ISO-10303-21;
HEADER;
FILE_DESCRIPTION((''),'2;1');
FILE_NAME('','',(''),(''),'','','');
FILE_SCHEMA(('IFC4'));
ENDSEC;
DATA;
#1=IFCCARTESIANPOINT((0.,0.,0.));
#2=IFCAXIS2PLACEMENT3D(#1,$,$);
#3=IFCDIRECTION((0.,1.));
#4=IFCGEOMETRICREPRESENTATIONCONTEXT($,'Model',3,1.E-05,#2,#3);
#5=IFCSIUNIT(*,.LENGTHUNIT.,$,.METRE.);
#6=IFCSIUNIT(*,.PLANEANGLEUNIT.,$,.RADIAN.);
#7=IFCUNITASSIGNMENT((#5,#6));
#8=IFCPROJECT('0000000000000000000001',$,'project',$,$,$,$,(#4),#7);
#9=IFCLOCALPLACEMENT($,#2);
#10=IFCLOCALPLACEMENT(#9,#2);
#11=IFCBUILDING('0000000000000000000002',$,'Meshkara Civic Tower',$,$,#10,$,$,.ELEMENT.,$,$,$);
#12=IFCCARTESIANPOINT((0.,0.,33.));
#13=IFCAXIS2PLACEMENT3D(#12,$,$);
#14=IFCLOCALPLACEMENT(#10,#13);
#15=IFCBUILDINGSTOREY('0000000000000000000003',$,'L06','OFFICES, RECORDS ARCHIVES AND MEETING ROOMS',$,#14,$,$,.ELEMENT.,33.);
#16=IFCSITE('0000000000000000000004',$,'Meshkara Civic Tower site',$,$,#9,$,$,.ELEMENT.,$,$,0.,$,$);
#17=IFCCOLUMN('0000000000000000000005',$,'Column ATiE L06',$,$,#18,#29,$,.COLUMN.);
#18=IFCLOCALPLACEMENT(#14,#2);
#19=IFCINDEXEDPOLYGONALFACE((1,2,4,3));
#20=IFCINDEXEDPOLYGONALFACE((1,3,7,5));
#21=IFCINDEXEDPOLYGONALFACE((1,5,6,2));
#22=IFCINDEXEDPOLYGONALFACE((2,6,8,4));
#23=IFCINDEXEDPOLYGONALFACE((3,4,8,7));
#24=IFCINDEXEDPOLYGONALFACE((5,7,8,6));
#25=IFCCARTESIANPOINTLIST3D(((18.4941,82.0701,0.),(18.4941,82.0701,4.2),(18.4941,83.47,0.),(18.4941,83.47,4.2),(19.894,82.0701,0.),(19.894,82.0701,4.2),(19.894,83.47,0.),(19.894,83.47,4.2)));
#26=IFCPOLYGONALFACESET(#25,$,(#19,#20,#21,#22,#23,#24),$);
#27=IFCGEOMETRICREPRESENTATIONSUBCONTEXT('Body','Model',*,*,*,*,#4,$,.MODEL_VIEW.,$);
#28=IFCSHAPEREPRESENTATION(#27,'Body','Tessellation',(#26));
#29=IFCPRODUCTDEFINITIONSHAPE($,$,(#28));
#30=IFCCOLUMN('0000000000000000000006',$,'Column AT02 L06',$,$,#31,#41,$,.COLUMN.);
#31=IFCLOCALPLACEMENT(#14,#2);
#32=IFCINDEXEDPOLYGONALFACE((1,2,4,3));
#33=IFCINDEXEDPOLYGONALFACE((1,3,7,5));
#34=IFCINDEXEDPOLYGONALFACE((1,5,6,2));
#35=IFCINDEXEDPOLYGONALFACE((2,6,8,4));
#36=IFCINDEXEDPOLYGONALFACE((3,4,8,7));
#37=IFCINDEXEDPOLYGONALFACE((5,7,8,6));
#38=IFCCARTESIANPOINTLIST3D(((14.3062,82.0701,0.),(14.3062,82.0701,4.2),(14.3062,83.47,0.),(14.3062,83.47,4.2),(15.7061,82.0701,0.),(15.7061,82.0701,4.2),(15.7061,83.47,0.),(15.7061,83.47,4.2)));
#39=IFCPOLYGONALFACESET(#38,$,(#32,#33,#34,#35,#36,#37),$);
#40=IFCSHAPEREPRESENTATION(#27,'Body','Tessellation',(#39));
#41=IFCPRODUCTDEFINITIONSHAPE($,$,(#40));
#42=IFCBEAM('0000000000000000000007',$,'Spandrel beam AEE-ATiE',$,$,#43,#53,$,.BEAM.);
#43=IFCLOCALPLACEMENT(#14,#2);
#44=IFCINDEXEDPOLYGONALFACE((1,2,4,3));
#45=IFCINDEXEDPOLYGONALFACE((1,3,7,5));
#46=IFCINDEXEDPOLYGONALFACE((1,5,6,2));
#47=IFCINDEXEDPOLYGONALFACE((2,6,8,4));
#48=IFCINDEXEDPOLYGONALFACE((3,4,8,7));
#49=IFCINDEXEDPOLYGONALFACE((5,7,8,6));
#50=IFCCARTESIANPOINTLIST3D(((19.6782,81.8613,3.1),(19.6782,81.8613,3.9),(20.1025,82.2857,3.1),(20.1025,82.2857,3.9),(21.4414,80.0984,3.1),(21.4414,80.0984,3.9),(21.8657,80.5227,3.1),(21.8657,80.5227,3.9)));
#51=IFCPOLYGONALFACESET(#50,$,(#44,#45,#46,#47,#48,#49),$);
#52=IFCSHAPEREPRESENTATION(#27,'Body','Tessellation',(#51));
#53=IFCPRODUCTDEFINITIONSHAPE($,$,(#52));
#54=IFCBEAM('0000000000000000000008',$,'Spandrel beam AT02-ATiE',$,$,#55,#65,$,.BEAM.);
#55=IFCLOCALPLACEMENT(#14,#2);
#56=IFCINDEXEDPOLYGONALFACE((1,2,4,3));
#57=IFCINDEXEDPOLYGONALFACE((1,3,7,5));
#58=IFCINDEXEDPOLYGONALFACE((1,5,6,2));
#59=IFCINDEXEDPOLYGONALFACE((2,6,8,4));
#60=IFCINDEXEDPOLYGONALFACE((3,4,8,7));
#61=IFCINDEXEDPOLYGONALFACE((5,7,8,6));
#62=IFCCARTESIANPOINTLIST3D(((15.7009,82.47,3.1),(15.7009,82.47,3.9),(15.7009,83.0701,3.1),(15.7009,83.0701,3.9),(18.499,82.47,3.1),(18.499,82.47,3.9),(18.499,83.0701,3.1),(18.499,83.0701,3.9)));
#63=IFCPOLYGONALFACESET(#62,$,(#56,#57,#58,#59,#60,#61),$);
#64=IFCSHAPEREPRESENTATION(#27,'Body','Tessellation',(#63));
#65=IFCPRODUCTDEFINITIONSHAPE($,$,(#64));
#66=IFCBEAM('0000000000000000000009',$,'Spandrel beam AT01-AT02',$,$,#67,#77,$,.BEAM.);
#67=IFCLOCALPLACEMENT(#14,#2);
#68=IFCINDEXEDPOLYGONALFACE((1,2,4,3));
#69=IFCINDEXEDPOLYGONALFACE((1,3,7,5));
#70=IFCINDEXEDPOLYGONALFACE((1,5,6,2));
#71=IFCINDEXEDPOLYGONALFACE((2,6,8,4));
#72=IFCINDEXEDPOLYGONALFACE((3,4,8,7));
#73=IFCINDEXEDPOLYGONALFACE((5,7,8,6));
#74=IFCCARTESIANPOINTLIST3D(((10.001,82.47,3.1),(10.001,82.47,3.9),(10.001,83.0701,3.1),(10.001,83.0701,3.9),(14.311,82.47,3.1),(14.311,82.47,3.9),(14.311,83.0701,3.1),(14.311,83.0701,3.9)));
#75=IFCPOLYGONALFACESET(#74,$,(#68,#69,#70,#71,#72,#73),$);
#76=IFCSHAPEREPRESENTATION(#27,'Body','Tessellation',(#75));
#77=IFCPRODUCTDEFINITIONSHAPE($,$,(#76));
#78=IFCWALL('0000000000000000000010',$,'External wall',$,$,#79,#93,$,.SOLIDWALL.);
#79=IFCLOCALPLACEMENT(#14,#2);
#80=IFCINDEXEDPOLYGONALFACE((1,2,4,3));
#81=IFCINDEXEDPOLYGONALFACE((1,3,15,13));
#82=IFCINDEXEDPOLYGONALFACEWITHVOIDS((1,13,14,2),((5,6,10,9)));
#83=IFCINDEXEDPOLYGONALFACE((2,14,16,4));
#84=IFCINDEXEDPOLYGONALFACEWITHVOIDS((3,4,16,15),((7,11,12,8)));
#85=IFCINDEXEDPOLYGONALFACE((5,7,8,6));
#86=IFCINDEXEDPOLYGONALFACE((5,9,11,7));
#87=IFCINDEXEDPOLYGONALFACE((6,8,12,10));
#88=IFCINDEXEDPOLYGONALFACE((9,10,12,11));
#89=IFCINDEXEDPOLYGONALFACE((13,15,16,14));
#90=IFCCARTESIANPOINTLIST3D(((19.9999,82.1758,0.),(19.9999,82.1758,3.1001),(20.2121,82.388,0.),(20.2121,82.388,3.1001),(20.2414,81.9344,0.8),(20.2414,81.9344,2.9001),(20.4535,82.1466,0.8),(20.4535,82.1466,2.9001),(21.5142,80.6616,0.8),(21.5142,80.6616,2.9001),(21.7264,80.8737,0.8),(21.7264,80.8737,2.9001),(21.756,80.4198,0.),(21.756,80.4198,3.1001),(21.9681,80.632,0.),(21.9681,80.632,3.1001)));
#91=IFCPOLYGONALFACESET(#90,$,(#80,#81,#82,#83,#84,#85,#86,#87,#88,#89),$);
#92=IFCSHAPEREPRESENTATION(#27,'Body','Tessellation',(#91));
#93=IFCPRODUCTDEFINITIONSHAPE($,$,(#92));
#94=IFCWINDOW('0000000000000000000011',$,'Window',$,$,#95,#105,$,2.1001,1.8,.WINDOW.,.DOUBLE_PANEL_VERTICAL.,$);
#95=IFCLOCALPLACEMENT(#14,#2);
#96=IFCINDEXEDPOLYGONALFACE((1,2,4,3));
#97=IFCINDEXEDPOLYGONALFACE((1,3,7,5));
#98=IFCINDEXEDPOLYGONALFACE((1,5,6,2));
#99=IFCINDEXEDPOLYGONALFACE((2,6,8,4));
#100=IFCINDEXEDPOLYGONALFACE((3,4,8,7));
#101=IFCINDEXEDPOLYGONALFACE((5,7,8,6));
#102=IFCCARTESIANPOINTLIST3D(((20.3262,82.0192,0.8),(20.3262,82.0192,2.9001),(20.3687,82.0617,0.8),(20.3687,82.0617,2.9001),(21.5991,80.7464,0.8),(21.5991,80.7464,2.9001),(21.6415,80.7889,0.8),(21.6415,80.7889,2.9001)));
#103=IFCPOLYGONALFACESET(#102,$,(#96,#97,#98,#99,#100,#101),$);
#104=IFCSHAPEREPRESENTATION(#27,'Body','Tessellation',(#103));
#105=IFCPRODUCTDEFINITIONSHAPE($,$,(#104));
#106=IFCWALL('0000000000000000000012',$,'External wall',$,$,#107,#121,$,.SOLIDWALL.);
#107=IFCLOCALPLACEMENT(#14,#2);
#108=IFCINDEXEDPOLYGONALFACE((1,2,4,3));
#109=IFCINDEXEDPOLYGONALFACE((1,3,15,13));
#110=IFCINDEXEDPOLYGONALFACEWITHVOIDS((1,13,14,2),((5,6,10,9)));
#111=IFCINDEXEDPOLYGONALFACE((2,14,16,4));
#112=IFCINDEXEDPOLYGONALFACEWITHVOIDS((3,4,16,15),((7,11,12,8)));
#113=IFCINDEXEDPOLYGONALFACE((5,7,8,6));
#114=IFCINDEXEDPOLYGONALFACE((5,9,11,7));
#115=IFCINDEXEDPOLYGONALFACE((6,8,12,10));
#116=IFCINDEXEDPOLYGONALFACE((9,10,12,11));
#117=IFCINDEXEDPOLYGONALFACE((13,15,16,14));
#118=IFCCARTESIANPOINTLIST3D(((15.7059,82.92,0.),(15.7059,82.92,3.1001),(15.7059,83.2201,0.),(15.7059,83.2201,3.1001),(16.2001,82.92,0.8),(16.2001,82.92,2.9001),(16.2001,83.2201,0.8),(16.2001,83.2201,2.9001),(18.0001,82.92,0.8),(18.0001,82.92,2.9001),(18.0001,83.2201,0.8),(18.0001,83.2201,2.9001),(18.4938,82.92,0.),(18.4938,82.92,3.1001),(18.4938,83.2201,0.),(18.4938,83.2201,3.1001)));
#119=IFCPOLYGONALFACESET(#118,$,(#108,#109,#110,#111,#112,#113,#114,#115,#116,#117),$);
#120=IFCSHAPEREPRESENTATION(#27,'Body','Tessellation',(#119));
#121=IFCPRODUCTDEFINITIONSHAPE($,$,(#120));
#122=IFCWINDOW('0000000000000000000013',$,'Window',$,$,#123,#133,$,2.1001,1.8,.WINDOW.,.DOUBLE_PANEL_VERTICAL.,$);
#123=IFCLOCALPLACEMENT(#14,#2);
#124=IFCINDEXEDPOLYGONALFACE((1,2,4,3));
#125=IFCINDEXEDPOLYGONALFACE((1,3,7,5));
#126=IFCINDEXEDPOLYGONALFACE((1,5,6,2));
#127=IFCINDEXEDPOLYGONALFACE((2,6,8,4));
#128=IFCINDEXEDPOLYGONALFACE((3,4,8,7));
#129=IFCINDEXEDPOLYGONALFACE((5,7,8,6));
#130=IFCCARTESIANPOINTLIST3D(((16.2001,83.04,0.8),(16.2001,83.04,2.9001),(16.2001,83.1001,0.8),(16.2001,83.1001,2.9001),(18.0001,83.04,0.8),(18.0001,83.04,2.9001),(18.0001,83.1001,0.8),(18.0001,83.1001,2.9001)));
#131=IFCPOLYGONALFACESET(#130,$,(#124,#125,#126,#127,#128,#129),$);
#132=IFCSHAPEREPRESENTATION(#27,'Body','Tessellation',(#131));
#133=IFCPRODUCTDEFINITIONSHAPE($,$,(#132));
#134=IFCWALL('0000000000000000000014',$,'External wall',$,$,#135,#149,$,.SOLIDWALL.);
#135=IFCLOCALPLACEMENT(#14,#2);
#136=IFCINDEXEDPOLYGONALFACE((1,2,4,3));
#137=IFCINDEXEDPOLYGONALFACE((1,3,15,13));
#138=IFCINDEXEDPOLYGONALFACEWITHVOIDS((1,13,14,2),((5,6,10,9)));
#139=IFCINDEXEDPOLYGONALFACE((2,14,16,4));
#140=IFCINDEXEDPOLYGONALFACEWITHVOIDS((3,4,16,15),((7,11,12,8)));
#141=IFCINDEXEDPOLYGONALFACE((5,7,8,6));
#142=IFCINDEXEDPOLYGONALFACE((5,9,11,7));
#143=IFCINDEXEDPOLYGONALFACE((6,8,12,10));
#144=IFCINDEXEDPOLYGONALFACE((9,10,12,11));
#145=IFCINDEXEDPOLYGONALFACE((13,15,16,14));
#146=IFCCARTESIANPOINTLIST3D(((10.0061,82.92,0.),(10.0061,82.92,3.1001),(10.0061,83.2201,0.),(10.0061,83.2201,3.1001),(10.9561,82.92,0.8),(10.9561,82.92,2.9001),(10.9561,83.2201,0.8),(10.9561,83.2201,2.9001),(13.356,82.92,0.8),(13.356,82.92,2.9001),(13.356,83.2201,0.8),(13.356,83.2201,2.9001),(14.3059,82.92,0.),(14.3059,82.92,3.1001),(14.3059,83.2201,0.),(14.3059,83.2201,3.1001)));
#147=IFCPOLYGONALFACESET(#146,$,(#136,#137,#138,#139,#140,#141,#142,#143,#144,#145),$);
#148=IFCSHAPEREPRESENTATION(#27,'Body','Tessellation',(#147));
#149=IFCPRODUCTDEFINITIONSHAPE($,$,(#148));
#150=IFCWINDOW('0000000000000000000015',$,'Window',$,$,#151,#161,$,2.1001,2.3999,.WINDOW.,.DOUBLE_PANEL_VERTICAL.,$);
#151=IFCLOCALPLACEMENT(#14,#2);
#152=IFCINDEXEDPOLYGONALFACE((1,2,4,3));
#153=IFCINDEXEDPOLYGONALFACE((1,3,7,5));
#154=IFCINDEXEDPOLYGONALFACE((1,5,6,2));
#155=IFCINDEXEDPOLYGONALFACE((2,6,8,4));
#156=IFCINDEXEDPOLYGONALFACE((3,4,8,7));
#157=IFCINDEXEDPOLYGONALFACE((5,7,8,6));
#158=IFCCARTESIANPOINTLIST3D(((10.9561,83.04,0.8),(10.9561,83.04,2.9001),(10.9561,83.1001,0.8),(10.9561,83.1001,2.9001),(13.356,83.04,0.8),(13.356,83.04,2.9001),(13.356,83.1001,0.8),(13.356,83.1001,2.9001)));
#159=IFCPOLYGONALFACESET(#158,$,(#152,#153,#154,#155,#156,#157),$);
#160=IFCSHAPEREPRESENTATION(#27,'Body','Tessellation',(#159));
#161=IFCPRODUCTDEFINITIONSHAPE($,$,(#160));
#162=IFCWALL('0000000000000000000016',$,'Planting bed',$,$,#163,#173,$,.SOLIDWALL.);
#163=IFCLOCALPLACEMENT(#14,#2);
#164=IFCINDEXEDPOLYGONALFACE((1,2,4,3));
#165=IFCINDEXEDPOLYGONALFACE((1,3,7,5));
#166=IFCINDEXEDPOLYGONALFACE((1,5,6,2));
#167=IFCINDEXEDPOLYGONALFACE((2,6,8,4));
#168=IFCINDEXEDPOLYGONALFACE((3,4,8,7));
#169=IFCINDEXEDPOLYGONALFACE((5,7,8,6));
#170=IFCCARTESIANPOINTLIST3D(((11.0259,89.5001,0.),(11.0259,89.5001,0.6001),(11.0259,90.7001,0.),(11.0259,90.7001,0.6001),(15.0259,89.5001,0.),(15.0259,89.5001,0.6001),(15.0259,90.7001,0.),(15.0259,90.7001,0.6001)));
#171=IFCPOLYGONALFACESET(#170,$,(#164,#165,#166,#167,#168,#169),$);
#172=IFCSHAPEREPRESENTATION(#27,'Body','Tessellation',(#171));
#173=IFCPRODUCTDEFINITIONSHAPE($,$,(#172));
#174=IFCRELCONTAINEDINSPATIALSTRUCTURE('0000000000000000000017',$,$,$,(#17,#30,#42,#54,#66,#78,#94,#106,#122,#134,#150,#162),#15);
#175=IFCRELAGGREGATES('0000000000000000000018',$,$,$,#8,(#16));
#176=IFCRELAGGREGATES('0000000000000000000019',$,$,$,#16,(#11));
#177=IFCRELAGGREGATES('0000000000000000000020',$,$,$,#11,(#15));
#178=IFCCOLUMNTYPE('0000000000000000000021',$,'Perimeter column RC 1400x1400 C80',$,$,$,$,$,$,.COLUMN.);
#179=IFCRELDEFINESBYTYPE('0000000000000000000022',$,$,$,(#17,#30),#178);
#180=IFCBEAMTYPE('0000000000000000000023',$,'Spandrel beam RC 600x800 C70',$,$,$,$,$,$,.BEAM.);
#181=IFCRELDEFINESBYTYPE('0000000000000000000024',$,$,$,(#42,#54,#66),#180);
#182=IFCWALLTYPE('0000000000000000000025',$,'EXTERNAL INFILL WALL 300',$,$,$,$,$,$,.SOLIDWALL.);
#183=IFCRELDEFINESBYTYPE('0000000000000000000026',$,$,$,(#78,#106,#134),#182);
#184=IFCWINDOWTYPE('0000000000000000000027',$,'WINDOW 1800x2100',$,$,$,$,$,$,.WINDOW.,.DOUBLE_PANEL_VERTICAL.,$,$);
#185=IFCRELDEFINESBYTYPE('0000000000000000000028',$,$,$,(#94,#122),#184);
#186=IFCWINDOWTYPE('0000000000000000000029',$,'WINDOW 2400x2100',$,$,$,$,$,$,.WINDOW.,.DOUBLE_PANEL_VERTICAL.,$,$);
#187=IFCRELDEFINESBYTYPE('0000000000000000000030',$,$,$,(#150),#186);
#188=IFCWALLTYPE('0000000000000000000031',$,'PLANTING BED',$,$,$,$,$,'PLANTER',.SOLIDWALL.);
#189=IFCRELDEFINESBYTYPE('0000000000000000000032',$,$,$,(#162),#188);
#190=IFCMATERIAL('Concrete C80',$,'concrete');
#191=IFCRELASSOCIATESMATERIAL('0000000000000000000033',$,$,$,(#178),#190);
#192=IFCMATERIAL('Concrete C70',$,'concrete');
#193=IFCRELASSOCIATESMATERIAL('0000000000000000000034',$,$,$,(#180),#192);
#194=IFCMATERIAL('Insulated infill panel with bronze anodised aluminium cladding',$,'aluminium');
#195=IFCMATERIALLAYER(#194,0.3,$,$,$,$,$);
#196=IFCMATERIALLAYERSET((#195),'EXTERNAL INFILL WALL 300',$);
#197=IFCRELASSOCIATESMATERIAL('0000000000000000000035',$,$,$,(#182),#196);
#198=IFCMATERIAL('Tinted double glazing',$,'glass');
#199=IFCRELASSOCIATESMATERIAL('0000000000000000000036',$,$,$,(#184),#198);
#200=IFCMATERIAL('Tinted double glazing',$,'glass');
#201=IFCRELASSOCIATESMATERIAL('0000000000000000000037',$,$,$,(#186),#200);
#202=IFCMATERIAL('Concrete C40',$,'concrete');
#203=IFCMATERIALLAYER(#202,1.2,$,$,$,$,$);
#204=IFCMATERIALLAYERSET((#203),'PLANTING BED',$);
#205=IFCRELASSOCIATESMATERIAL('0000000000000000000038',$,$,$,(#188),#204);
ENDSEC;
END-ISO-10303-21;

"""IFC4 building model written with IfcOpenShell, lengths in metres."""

from ifc_helpers import new_model, si_unit, direction, frame, frame_2d, origin, origin_2d, place, context, subcontext, project, spatial, rectangle, extrude, material, layer, layer_set, material_profile, profile_set, type_object, element, fill, save


model = new_model("IFC4")

# Units and contexts
model_context = context("Model", 3, precision=1e-05, world=origin(), true_north=direction((0.0, 1.0)))
body_context = subcontext(model_context, "Body", "Model", "MODEL_VIEW")
ifc_project = project(units=[si_unit("LENGTHUNIT", "METRE"), si_unit("PLANEANGLEUNIT", "RADIAN")], contexts=[model_context])

# Site, building, storey
site_placement = place(None, origin())
site = spatial("IfcSite", under=ifc_project, at=site_placement, Name="Meshkara Civic Tower site", CompositionType="ELEMENT", RefElevation=0.0)
building_placement = place(site_placement, origin())
building = spatial("IfcBuilding", under=site, at=building_placement, Name="Meshkara Civic Tower", CompositionType="ELEMENT")
storey_placement = place(building_placement, frame((0.0, 0.0, 33.0)))
storey = spatial("IfcBuildingStorey", under=building, at=storey_placement, Name="L06", Description="OFFICES, RECORDS ARCHIVES AND MEETING ROOMS", CompositionType="ELEMENT", Elevation=33.0)

# Columns
ifc_material_1 = material(Name="Concrete C80", Category="concrete")
ifc_material_profile_1 = material_profile(ifc_material_1, rectangle(XDim=1.3999, YDim=1.3999, at=origin_2d()))
ifc_profile_set_1 = profile_set([ifc_material_profile_1], Name="Concrete C80")
column_type = type_object("IfcColumnType", Name="Perimeter column RC 1400x1400 C80", PredefinedType="COLUMN", material=ifc_profile_set_1)
for number, where, z_axis, x_axis, name in (
    (1, (19.1941, 82.77, 0.0), (0.0, 0.0, 1.0), (1.0, 0.0, 0.0), "Column ATiE L06"),
    (2, (15.0061, 82.77, 0.0), (0.0, 0.0, 1.0), (1.0, 0.0, 0.0), "Column AT02 L06"),
):
    element("IfcColumn", number, at=place(storey_placement, frame(where, z_axis=z_axis, x_axis=x_axis)), inside=storey, type_object=column_type, Name=name, PredefinedType="COLUMN", context=body_context, shape_type="SweptSolid", body=[
        extrude(rectangle(XDim=1.3999, YDim=1.3999, at=origin_2d()), origin(), (0.0, 0.0, 1.0), 4.2),
    ])

# Beams
ifc_material_2 = material(Name="Concrete C70", Category="concrete")
ifc_material_profile_2 = material_profile(ifc_material_2, rectangle(XDim=0.6001, YDim=0.8, at=origin_2d()))
ifc_profile_set_2 = profile_set([ifc_material_profile_2], Name="Concrete C70")
beam_type = type_object("IfcBeamType", Name="Spandrel beam RC 600x800 C70", PredefinedType="BEAM", material=ifc_profile_set_2)
beam_1_placement = place(storey_placement, frame((21.6536, 80.3105, 3.5), z_axis=(-0.707156, 0.707058, 0.0), x_axis=(-0.707058, -0.707156, 0.0)))
element("IfcBeam", 3, at=beam_1_placement, inside=storey, type_object=beam_type, Name="Spandrel beam AEE-ATiE", PredefinedType="BEAM", context=body_context, shape_type="SweptSolid", body=[
    extrude(rectangle(XDim=0.6001, YDim=0.8, at=origin_2d()), origin(), (0.0, 0.0, 1.0), 2.4934),
])
beam_2_placement = place(storey_placement, frame((18.499, 82.77, 3.5), z_axis=(-1.0, 0.0, 0.0), x_axis=(0.0, -1.0, 0.0)))
element("IfcBeam", 4, at=beam_2_placement, inside=storey, type_object=beam_type, Name="Spandrel beam AT02-ATiE", PredefinedType="BEAM", context=body_context, shape_type="SweptSolid", body=[
    extrude(rectangle(XDim=0.6001, YDim=0.8, at=origin_2d()), origin(), (0.0, 0.0, 1.0), 2.7981),
])
beam_3_placement = place(storey_placement, frame((14.311, 82.77, 3.5), z_axis=(-1.0, 0.0, 0.0), x_axis=(0.0, -1.0, 0.0)))
element("IfcBeam", 5, at=beam_3_placement, inside=storey, type_object=beam_type, Name="Spandrel beam AT01-AT02", PredefinedType="BEAM", context=body_context, shape_type="SweptSolid", body=[
    extrude(rectangle(XDim=0.6001, YDim=0.8, at=origin_2d()), origin(), (0.0, 0.0, 1.0), 4.3101),
])

# Walls, openings, windows
ifc_material_3 = material(Name="Insulated infill panel with bronze anodised aluminium cladding", Category="aluminium")
ifc_layer_1 = layer(ifc_material_3, 0.3)
ifc_layer_set_1 = layer_set([ifc_layer_1], Name="EXTERNAL INFILL WALL 300")
wall_type_1 = type_object("IfcWallType", Name="EXTERNAL INFILL WALL 300", PredefinedType="SOLIDWALL", material=ifc_layer_set_1)
wall_1_placement = place(storey_placement, frame((21.8621, 80.5259, 0.0), z_axis=(0.0, 0.0, 1.0), x_axis=(-0.707107, 0.707107, 0.0)))
wall_1 = element("IfcWall", 6, at=wall_1_placement, inside=storey, type_object=wall_type_1, Name="External wall", PredefinedType="SOLIDWALL", context=body_context, shape_type="SweptSolid", body=[
    extrude(rectangle(XDim=2.4834, YDim=0.3, at=frame_2d((1.2417, 0.0))), origin(), (0.0, 0.0, 1.0), 3.1001),
])
opening_1_placement = place(wall_1_placement, frame((0.342, 0.0, 0.8)))
opening_1 = element("IfcOpeningElement", 7, at=opening_1_placement, cuts=wall_1, PredefinedType="OPENING", context=body_context, shape_type="SweptSolid", body=[
    extrude(rectangle(XDim=1.8, YDim=2.1001, at=frame_2d((0.8999, 1.05))), frame((0.0, 0.1599, 0.0), z_axis=(0.0, -1.0, 0.0), x_axis=(1.0, 0.0, 0.0)), (0.0, 0.0, 1.0), 0.3201),
])
ifc_material_4 = material(Name="Tinted double glazing", Category="glass")
window_type_1 = type_object("IfcWindowType", Name="WINDOW 1800x2100", PartitioningType="DOUBLE_PANEL_VERTICAL", PredefinedType="WINDOW", material=ifc_material_4)
window_1_placement = place(opening_1_placement, origin())
window_1 = element("IfcWindow", 8, at=window_1_placement, inside=storey, type_object=window_type_1, Name="Window", OverallHeight=2.1001, OverallWidth=1.8, PartitioningType="DOUBLE_PANEL_VERTICAL", PredefinedType="WINDOW", context=body_context, shape_type="SweptSolid", body=[
    extrude(rectangle(XDim=1.8, YDim=2.1001, at=frame_2d((0.8999, 1.05))), frame((0.0, 0.03, 0.0), z_axis=(0.0, -1.0, 0.0), x_axis=(1.0, 0.0, 0.0)), (0.0, 0.0, 1.0), 0.0601),
])
fill(opening_1, window_1)
wall_2_placement = place(storey_placement, frame((18.4939, 83.0701, 0.0), z_axis=(0.0, 0.0, 1.0), x_axis=(-1.0, 0.0, 0.0)))
wall_2 = element("IfcWall", 9, at=wall_2_placement, inside=storey, type_object=wall_type_1, Name="External wall", PredefinedType="SOLIDWALL", context=body_context, shape_type="SweptSolid", body=[
    extrude(rectangle(XDim=2.7878, YDim=0.3, at=frame_2d((1.394, 0.0))), origin(), (0.0, 0.0, 1.0), 3.1001),
])
opening_2_placement = place(wall_2_placement, frame((0.4939, 0.0, 0.8)))
opening_2 = element("IfcOpeningElement", 10, at=opening_2_placement, cuts=wall_2, PredefinedType="OPENING", context=body_context, shape_type="SweptSolid", body=[
    extrude(rectangle(XDim=1.8, YDim=2.1001, at=frame_2d((0.8999, 1.05))), frame((0.0, 0.1599, 0.0), z_axis=(0.0, -1.0, 0.0), x_axis=(1.0, 0.0, 0.0)), (0.0, 0.0, 1.0), 0.3201),
])
window_2_placement = place(opening_2_placement, origin())
window_2 = element("IfcWindow", 11, at=window_2_placement, inside=storey, type_object=window_type_1, Name="Window", OverallHeight=2.1001, OverallWidth=1.8, PartitioningType="DOUBLE_PANEL_VERTICAL", PredefinedType="WINDOW", context=body_context, shape_type="SweptSolid", body=[
    extrude(rectangle(XDim=1.8, YDim=2.1001, at=frame_2d((0.8999, 1.05))), frame((0.0, 0.03, 0.0), z_axis=(0.0, -1.0, 0.0), x_axis=(1.0, 0.0, 0.0)), (0.0, 0.0, 1.0), 0.0601),
])
fill(opening_2, window_2)
wall_3_placement = place(storey_placement, frame((14.3059, 83.0701, 0.0), z_axis=(0.0, 0.0, 1.0), x_axis=(-1.0, 0.0, 0.0)))
wall_3 = element("IfcWall", 12, at=wall_3_placement, inside=storey, type_object=wall_type_1, Name="External wall", PredefinedType="SOLIDWALL", context=body_context, shape_type="SweptSolid", body=[
    extrude(rectangle(XDim=4.2998, YDim=0.3, at=frame_2d((2.1499, 0.0))), origin(), (0.0, 0.0, 1.0), 3.1001),
])
opening_3_placement = place(wall_3_placement, frame((0.95, 0.0, 0.8)))
opening_3 = element("IfcOpeningElement", 13, at=opening_3_placement, cuts=wall_3, PredefinedType="OPENING", context=body_context, shape_type="SweptSolid", body=[
    extrude(rectangle(XDim=2.3999, YDim=2.1001, at=frame_2d((1.2, 1.05))), frame((0.0, 0.1599, 0.0), z_axis=(0.0, -1.0, 0.0), x_axis=(1.0, 0.0, 0.0)), (0.0, 0.0, 1.0), 0.3201),
])
ifc_material_5 = material(Name="Tinted double glazing", Category="glass")
window_type_2 = type_object("IfcWindowType", Name="WINDOW 2400x2100", PartitioningType="DOUBLE_PANEL_VERTICAL", PredefinedType="WINDOW", material=ifc_material_5)
window_3_placement = place(opening_3_placement, origin())
window_3 = element("IfcWindow", 14, at=window_3_placement, inside=storey, type_object=window_type_2, Name="Window", OverallHeight=2.1001, OverallWidth=2.3999, PartitioningType="DOUBLE_PANEL_VERTICAL", PredefinedType="WINDOW", context=body_context, shape_type="SweptSolid", body=[
    extrude(rectangle(XDim=2.3999, YDim=2.1001, at=frame_2d((1.2, 1.05))), frame((0.0, 0.03, 0.0), z_axis=(0.0, -1.0, 0.0), x_axis=(1.0, 0.0, 0.0)), (0.0, 0.0, 1.0), 0.0601),
])
fill(opening_3, window_3)

# Wall
ifc_material_6 = material(Name="Concrete C40", Category="concrete")
ifc_layer_2 = layer(ifc_material_6, 1.2)
ifc_layer_set_2 = layer_set([ifc_layer_2], Name="PLANTING BED")
wall_type_2 = type_object("IfcWallType", Name="PLANTING BED", ElementType="PLANTER", PredefinedType="SOLIDWALL", material=ifc_layer_set_2)
wall_4_placement = place(storey_placement, frame((11.0259, 90.1001, 0.0), z_axis=(0.0, 0.0, 1.0), x_axis=(1.0, 0.0, 0.0)))
element("IfcWall", 15, at=wall_4_placement, inside=storey, type_object=wall_type_2, Name="Planting bed", PredefinedType="SOLIDWALL", context=body_context, shape_type="SweptSolid", body=[
    extrude(rectangle(XDim=4.0, YDim=1.2, at=frame_2d((2.0, 0.0))), origin(), (0.0, 0.0, 1.0), 0.6001),
])

save(model, "model.ifc")
